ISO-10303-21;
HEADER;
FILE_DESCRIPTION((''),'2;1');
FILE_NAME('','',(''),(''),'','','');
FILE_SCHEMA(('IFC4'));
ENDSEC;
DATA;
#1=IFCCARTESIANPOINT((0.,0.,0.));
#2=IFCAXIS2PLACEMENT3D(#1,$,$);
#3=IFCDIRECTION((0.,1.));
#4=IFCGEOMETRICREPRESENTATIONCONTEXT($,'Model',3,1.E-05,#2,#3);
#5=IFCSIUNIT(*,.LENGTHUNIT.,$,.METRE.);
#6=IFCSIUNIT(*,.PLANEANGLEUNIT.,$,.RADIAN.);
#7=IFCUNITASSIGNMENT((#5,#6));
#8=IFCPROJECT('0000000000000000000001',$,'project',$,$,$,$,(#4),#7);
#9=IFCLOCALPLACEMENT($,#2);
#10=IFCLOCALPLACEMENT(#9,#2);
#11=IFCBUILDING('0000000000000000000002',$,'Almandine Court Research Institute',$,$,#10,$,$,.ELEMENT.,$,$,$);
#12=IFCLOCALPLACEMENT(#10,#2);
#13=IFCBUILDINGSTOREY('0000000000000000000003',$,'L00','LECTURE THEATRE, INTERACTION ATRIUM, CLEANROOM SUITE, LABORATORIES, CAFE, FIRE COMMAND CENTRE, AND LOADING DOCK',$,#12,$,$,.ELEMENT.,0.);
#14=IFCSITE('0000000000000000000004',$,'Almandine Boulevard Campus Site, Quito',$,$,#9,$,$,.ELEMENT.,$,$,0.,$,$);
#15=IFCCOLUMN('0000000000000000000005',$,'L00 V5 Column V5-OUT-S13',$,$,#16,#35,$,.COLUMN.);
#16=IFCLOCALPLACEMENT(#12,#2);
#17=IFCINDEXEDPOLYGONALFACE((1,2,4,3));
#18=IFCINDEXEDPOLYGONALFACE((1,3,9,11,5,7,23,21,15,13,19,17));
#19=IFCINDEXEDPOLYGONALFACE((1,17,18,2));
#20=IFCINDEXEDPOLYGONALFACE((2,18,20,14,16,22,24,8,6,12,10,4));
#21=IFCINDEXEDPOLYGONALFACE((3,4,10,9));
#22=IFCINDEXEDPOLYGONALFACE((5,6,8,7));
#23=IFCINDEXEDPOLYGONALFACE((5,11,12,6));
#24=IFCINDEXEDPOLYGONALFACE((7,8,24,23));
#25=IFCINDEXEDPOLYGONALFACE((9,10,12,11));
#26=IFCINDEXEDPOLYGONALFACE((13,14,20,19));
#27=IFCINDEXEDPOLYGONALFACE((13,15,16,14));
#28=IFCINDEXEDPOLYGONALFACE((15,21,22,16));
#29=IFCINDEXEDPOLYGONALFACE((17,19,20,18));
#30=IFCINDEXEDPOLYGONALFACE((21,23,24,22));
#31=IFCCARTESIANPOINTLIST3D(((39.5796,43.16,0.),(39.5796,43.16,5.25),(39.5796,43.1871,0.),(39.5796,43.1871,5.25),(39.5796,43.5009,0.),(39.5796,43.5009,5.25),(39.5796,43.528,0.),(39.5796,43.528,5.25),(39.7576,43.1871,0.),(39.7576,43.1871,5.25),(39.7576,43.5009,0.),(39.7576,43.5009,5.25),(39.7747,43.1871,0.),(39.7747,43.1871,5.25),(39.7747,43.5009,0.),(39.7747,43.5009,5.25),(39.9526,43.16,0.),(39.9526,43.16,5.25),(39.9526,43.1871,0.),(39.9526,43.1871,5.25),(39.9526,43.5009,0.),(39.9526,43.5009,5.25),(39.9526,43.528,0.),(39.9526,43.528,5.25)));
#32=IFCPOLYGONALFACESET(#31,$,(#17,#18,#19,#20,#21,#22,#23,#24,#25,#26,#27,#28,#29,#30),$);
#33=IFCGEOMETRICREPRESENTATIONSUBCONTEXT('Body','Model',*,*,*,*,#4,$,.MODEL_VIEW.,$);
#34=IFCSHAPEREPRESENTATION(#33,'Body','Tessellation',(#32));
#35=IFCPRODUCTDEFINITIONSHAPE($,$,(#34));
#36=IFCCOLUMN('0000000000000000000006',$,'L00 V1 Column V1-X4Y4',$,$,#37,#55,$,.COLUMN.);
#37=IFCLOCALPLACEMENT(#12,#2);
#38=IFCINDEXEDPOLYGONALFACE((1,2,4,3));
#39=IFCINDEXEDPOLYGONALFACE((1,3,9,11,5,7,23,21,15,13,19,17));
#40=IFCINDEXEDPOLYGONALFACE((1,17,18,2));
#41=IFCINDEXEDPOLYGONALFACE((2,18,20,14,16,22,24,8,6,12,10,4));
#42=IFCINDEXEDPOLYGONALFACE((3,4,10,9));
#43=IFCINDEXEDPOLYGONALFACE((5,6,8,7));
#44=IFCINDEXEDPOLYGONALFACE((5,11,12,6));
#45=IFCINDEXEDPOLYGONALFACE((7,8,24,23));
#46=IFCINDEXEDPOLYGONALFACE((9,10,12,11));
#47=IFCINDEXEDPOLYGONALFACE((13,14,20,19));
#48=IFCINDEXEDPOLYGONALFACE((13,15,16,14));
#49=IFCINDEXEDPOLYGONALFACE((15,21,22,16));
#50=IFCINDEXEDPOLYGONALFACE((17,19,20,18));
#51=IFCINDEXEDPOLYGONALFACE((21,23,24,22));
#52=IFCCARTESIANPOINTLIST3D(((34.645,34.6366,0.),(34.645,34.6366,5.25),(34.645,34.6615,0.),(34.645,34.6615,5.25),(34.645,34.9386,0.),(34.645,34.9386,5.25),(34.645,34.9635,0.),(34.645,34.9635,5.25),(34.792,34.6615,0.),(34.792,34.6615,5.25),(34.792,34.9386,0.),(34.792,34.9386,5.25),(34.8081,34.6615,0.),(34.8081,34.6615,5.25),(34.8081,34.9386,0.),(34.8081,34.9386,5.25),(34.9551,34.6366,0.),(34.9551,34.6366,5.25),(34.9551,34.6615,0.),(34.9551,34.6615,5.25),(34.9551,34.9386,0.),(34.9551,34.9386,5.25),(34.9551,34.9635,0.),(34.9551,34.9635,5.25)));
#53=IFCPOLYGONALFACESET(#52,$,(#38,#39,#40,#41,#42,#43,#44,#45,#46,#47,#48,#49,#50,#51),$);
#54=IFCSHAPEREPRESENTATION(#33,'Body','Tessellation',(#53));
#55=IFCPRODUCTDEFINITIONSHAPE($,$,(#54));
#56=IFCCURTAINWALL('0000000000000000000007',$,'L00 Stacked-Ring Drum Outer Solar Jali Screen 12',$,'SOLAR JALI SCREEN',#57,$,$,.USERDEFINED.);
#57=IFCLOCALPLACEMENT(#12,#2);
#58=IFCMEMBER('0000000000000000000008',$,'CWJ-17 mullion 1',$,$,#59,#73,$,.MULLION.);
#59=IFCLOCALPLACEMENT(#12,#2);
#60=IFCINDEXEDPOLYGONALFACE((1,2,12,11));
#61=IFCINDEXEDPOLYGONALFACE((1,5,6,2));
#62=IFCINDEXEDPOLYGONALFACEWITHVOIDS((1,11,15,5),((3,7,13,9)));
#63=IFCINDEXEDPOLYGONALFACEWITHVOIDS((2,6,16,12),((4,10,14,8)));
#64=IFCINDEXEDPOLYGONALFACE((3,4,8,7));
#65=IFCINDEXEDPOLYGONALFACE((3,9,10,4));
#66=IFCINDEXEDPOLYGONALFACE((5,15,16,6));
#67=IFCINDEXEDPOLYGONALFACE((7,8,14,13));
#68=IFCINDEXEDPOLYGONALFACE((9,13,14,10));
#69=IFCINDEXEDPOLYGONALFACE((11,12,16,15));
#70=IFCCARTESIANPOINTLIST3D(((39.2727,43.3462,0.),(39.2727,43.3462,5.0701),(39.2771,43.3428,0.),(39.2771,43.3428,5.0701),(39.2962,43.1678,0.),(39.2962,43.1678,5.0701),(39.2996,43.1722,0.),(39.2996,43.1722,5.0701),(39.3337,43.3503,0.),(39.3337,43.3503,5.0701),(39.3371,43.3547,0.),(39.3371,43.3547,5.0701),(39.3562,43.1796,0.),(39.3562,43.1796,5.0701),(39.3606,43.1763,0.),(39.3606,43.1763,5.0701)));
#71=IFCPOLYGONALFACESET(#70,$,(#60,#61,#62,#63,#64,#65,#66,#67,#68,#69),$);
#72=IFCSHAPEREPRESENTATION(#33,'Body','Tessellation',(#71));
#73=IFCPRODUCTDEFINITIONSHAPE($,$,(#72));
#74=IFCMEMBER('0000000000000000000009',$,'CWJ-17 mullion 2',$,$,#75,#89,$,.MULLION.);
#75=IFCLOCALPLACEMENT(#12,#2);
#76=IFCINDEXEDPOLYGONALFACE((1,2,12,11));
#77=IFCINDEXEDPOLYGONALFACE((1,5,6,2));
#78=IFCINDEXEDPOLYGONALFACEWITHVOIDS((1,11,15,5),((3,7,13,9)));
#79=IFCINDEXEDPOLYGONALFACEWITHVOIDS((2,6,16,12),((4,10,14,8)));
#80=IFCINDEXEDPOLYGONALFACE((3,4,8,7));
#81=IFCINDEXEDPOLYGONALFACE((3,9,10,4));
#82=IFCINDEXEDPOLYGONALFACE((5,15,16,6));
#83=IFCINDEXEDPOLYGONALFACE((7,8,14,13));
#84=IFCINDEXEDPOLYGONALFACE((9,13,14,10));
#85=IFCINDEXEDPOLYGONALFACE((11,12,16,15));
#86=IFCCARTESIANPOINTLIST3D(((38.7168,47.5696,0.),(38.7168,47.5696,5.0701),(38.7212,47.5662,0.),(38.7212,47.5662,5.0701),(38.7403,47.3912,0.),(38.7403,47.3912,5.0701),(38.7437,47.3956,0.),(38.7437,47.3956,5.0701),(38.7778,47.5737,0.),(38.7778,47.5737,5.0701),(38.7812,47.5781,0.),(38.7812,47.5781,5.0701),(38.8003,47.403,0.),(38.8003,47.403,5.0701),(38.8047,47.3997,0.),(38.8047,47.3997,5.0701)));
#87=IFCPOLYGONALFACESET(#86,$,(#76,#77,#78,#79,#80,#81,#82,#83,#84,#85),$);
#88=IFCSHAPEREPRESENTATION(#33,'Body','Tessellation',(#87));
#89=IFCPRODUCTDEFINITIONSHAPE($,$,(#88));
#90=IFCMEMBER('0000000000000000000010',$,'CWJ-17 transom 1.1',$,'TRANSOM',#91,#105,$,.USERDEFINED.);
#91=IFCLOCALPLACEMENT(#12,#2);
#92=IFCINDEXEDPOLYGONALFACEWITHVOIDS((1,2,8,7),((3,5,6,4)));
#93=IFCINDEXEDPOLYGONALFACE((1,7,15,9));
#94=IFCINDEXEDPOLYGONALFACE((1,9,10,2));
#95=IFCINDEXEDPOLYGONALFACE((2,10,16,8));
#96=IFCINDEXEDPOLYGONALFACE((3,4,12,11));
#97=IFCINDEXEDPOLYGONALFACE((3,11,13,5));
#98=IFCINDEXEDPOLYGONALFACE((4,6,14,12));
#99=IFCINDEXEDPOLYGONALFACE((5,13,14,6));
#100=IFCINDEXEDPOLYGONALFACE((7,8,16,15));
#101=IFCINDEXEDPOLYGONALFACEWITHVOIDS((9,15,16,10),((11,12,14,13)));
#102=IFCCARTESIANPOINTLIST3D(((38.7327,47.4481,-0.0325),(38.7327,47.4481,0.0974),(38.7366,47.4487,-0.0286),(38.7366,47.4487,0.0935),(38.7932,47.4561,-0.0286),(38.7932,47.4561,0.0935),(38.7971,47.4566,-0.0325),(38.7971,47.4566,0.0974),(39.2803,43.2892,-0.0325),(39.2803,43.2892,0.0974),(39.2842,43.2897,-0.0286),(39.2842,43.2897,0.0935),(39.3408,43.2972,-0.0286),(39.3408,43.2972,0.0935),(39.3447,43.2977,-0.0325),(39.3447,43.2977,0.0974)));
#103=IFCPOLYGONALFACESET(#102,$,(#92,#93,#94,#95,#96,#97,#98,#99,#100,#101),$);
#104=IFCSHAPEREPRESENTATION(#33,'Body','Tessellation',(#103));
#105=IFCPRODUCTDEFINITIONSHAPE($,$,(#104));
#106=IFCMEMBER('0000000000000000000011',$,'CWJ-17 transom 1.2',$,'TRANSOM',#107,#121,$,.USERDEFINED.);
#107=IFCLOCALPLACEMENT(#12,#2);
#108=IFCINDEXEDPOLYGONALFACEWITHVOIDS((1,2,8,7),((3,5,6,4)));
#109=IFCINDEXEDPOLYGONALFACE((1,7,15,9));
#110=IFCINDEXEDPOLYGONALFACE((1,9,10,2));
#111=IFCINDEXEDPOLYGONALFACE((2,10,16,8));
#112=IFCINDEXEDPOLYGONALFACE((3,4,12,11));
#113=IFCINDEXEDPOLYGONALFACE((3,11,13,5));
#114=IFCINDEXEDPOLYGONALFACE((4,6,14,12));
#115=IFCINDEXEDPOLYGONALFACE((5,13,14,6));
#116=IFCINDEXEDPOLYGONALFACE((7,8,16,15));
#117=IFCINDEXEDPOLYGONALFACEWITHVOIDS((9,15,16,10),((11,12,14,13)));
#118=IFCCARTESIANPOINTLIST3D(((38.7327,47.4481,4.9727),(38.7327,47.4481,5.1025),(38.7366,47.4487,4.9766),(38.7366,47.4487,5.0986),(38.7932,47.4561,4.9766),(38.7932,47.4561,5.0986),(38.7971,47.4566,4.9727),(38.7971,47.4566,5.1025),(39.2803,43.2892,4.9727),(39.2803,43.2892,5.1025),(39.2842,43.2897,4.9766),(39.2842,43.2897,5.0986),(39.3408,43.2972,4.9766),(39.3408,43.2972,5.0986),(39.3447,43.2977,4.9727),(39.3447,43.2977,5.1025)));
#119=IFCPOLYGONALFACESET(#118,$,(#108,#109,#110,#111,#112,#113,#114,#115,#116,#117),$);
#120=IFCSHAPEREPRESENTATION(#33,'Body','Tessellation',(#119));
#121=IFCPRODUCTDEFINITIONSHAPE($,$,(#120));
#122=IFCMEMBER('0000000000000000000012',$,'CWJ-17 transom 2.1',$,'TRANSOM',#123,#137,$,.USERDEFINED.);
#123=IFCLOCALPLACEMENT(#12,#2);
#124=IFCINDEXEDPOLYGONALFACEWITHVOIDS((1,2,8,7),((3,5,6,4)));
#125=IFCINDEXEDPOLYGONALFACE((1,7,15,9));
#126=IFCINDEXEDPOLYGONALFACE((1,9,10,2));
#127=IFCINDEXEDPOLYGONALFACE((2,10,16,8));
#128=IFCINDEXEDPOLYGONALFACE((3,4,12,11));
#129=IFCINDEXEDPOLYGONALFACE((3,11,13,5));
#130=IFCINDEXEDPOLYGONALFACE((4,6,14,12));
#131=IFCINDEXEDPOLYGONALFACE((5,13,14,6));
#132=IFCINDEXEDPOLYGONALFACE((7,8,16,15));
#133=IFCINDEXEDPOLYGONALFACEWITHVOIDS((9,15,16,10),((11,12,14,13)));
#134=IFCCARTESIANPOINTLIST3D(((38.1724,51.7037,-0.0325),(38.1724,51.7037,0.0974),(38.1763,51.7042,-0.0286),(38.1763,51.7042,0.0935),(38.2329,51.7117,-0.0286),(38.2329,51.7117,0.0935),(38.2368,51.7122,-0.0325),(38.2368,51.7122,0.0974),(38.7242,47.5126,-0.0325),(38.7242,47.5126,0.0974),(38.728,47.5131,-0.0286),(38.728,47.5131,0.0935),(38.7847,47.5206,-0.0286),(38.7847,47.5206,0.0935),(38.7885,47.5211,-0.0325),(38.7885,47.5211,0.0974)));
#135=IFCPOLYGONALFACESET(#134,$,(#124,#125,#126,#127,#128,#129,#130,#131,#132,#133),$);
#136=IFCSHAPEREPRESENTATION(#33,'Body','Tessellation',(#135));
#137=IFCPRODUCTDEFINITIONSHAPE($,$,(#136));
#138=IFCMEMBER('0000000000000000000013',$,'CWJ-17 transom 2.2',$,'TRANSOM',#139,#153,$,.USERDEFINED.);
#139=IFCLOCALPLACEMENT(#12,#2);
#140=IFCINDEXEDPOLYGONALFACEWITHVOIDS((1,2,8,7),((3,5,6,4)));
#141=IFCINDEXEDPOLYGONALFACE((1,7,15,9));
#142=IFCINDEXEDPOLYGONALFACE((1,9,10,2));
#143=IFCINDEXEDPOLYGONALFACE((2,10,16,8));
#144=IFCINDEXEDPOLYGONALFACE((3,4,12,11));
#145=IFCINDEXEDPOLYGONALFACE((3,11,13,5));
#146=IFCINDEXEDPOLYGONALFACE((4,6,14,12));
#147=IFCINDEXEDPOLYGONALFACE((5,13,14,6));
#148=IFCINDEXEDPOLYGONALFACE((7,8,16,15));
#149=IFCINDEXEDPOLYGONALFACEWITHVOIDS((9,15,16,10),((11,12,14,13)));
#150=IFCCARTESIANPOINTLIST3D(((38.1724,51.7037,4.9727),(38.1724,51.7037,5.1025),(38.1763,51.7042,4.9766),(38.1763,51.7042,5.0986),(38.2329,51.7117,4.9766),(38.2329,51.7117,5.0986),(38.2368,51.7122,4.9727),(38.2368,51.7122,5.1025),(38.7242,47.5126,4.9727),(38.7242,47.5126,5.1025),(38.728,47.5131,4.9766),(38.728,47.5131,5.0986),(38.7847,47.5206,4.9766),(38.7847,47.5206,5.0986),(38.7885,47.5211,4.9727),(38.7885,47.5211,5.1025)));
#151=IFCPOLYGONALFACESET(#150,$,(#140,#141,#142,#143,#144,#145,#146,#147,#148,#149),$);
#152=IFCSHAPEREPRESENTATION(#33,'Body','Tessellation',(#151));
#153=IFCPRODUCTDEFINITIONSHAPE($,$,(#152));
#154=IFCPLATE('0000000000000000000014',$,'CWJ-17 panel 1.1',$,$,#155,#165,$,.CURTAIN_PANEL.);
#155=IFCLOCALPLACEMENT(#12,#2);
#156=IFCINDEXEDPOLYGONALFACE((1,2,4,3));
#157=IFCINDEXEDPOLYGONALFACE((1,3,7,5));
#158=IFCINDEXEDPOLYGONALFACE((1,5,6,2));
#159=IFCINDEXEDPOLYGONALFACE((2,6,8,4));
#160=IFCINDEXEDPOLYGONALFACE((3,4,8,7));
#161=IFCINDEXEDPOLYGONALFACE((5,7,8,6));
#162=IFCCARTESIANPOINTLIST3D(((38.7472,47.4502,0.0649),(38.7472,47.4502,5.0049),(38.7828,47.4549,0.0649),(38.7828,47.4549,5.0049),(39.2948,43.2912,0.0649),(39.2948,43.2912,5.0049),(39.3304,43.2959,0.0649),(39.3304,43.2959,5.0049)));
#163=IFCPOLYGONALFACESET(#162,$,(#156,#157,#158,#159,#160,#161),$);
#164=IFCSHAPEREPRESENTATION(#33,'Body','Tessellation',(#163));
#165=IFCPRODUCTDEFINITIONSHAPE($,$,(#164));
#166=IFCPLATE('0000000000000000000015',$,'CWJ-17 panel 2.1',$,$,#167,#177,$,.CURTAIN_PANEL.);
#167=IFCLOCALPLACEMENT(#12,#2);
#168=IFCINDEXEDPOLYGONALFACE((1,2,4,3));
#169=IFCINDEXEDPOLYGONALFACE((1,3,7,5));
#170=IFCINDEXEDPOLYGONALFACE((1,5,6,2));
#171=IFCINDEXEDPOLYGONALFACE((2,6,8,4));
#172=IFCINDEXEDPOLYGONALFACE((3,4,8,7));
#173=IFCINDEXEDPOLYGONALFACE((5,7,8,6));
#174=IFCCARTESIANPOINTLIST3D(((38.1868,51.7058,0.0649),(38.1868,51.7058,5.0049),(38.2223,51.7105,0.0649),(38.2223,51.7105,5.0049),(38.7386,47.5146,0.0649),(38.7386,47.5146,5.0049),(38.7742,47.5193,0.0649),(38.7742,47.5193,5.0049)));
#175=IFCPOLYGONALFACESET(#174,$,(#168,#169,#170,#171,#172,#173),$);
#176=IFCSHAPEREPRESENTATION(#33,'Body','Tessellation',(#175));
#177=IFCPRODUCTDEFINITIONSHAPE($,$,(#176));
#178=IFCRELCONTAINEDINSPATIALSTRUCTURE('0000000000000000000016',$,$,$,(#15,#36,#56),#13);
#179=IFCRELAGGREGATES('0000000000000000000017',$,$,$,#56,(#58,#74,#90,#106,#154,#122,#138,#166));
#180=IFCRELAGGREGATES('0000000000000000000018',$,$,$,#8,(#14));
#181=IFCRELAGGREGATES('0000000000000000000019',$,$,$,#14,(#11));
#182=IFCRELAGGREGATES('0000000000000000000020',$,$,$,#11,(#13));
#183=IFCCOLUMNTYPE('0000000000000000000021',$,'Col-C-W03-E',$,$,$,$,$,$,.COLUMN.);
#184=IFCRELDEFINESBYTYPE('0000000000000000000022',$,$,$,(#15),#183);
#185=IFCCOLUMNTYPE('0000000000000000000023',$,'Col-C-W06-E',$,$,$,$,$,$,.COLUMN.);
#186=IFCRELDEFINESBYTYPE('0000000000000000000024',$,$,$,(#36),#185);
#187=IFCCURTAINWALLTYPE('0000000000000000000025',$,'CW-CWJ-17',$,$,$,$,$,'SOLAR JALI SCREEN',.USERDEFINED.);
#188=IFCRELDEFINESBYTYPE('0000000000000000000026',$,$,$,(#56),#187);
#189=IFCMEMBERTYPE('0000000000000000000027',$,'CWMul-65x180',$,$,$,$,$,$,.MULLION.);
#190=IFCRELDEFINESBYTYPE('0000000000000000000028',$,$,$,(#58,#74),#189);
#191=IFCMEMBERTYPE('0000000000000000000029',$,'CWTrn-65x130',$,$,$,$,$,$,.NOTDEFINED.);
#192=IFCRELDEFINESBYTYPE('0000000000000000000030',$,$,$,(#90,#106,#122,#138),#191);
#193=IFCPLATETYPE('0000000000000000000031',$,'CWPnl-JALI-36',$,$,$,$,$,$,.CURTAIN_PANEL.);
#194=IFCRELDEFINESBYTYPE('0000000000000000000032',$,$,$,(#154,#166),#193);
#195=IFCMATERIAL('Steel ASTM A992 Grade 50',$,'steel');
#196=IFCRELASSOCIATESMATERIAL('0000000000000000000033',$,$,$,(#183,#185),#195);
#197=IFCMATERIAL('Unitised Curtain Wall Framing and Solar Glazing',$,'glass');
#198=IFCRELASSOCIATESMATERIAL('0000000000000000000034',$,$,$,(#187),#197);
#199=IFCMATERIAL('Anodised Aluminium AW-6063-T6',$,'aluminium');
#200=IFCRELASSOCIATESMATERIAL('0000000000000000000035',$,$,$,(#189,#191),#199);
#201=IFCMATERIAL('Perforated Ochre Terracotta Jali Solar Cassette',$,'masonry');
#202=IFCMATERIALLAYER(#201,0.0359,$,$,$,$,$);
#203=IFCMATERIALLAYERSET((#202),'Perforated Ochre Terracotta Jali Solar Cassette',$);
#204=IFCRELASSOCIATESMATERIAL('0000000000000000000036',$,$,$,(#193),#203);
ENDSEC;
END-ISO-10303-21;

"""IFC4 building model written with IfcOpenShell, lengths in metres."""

from ifc_helpers import new_model, si_unit, direction, frame, origin, origin_2d, place, context, subcontext, project, spatial, rectangle, hollow_rectangle, i_section, extrude, material, layer, layer_set, material_profile, profile_set, type_object, element, aggregate, save


model = new_model("IFC4")

# Units and contexts
model_context = context("Model", 3, precision=1e-05, world=origin(), true_north=direction((0.0, 1.0)))
body_context = subcontext(model_context, "Body", "Model", "MODEL_VIEW")
ifc_project = project(units=[si_unit("LENGTHUNIT", "METRE"), si_unit("PLANEANGLEUNIT", "RADIAN")], contexts=[model_context])

# Site, building, storey
site_placement = place(None, origin())
site = spatial("IfcSite", under=ifc_project, at=site_placement, Name="Almandine Boulevard Campus Site, Quito", CompositionType="ELEMENT", RefElevation=0.0)
building_placement = place(site_placement, origin())
building = spatial("IfcBuilding", under=site, at=building_placement, Name="Almandine Court Research Institute", CompositionType="ELEMENT")
storey_placement = place(building_placement, origin())
storey = spatial("IfcBuildingStorey", under=building, at=storey_placement, Name="L00", Description="LECTURE THEATRE, INTERACTION ATRIUM, CLEANROOM SUITE, LABORATORIES, CAFE, FIRE COMMAND CENTRE, AND LOADING DOCK", CompositionType="ELEMENT", Elevation=0.0)

# Columns
ifc_material_1 = material(Name="Steel ASTM A992 Grade 50", Category="steel")
ifc_material_profile_1 = material_profile(ifc_material_1, i_section(OverallWidth=0.373, OverallDepth=0.3679, WebThickness=0.0171, FlangeThickness=0.0271, at=origin_2d()), Name="W360x179")
ifc_profile_set_1 = profile_set([ifc_material_profile_1], Name="Steel ASTM A992 Grade 50")
column_type_1 = type_object("IfcColumnType", Name="Col-C-W03-E", PredefinedType="COLUMN", material=ifc_profile_set_1)
column_1_placement = place(storey_placement, frame((39.7661, 43.344, 0.0), z_axis=(0.0, 0.0, 1.0), x_axis=(1.0, 0.0, 0.0)))
element("IfcColumn", 1, at=column_1_placement, inside=storey, type_object=column_type_1, Name="L00 V5 Column V5-OUT-S13", PredefinedType="COLUMN", context=body_context, shape_type="SweptSolid", body=[
    extrude(i_section(OverallWidth=0.373, OverallDepth=0.3679, WebThickness=0.0171, FlangeThickness=0.0271, at=origin_2d()), origin(), (0.0, 0.0, 1.0), 5.25),
])
ifc_material_profile_2 = material_profile(ifc_material_1, i_section(OverallWidth=0.3101, OverallDepth=0.3269, WebThickness=0.0161, FlangeThickness=0.0249, at=origin_2d()), Name="W310x158")
ifc_profile_set_2 = profile_set([ifc_material_profile_2], Name="Steel ASTM A992 Grade 50")
column_type_2 = type_object("IfcColumnType", Name="Col-C-W06-E", PredefinedType="COLUMN", material=ifc_profile_set_2)
column_2_placement = place(storey_placement, frame((34.8, 34.8, 0.0), z_axis=(0.0, 0.0, 1.0), x_axis=(1.0, 0.0, 0.0)))
element("IfcColumn", 2, at=column_2_placement, inside=storey, type_object=column_type_2, Name="L00 V1 Column V1-X4Y4", PredefinedType="COLUMN", context=body_context, shape_type="SweptSolid", body=[
    extrude(i_section(OverallWidth=0.3101, OverallDepth=0.3269, WebThickness=0.0161, FlangeThickness=0.0249, at=origin_2d()), origin(), (0.0, 0.0, 1.0), 5.25),
])

# Curtain wall, members, plates
ifc_material_2 = material(Name="Unitised Curtain Wall Framing and Solar Glazing", Category="glass")
curtain_wall_type = type_object("IfcCurtainWallType", Name="CW-CWJ-17", ElementType="SOLAR JALI SCREEN", PredefinedType="USERDEFINED", material=ifc_material_2)
curtain_wall_placement = place(storey_placement, origin())
curtain_wall = element("IfcCurtainWall", 3, at=curtain_wall_placement, inside=storey, type_object=curtain_wall_type, Name="L00 Stacked-Ring Drum Outer Solar Jali Screen 12", ObjectType="SOLAR JALI SCREEN", PredefinedType="USERDEFINED")
ifc_material_3 = material(Name="Anodised Aluminium AW-6063-T6", Category="aluminium")
ifc_material_profile_3 = material_profile(ifc_material_3, hollow_rectangle(XDim=0.0649, YDim=0.1799, WallThickness=0.0039, at=origin_2d()), Name="ALU RHS 65x180x4")
ifc_profile_set_3 = profile_set([ifc_material_profile_3], Name="Anodised Aluminium AW-6063-T6")
member_type_1 = type_object("IfcMemberType", Name="CWMul-65x180", PredefinedType="MULLION", material=ifc_profile_set_3)
member_1_placement = place(storey_placement, frame((39.3167, 43.2612, 0.0), z_axis=(0.0, 0.0, 1.0), x_axis=(-0.991443, -0.130541, 0.0)))
member_1 = element("IfcMember", 4, at=member_1_placement, type_object=member_type_1, Name="CWJ-17 mullion 1", PredefinedType="MULLION", context=body_context, shape_type="SweptSolid", body=[
    extrude(hollow_rectangle(XDim=0.0649, YDim=0.1799, WallThickness=0.0039, at=origin_2d()), origin(), (0.0, 0.0, 1.0), 5.0701),
])
member_2_placement = place(storey_placement, frame((38.7607, 47.4846, 0.0), z_axis=(0.0, 0.0, 1.0), x_axis=(-0.991443, -0.130541, 0.0)))
member_2 = element("IfcMember", 5, at=member_2_placement, type_object=member_type_1, Name="CWJ-17 mullion 2", PredefinedType="MULLION", context=body_context, shape_type="SweptSolid", body=[
    extrude(hollow_rectangle(XDim=0.0649, YDim=0.1799, WallThickness=0.0039, at=origin_2d()), origin(), (0.0, 0.0, 1.0), 5.0701),
])
ifc_material_profile_4 = material_profile(ifc_material_3, hollow_rectangle(XDim=0.0649, YDim=0.1299, WallThickness=0.0039, at=origin_2d()), Name="ALU RHS 65x130x4")
ifc_profile_set_4 = profile_set([ifc_material_profile_4], Name="Anodised Aluminium AW-6063-T6")
member_type_2 = type_object("IfcMemberType", Name="CWTrn-65x130", PredefinedType="NOTDEFINED", material=ifc_profile_set_4)
member_3_placement = place(storey_placement, frame((39.3125, 43.2935, 0.0325), z_axis=(-0.130543, 0.991443, 0.0), x_axis=(-0.991443, -0.130543, 0.0)))
member_3 = element("IfcMember", 6, at=member_3_placement, type_object=member_type_2, Name="CWJ-17 transom 1.1", ObjectType="TRANSOM", PredefinedType="USERDEFINED", context=body_context, shape_type="SweptSolid", body=[
    extrude(hollow_rectangle(XDim=0.0649, YDim=0.1299, WallThickness=0.0039, at=origin_2d()), origin(), (0.0, 0.0, 1.0), 4.1948),
])
member_4_placement = place(storey_placement, frame((39.3125, 43.2935, 5.0376), z_axis=(-0.130543, 0.991443, 0.0), x_axis=(-0.991443, -0.130543, 0.0)))
member_4 = element("IfcMember", 7, at=member_4_placement, type_object=member_type_2, Name="CWJ-17 transom 1.2", ObjectType="TRANSOM", PredefinedType="USERDEFINED", context=body_context, shape_type="SweptSolid", body=[
    extrude(hollow_rectangle(XDim=0.0649, YDim=0.1299, WallThickness=0.0039, at=origin_2d()), origin(), (0.0, 0.0, 1.0), 4.1948),
])
member_5_placement = place(storey_placement, frame((38.7563, 47.5168, 0.0325), z_axis=(-0.130522, 0.991445, 0.0), x_axis=(-0.991445, -0.130522, 0.0)))
member_5 = element("IfcMember", 8, at=member_5_placement, type_object=member_type_2, Name="CWJ-17 transom 2.1", ObjectType="TRANSOM", PredefinedType="USERDEFINED", context=body_context, shape_type="SweptSolid", body=[
    extrude(hollow_rectangle(XDim=0.0649, YDim=0.1299, WallThickness=0.0039, at=origin_2d()), origin(), (0.0, 0.0, 1.0), 4.2273),
])
member_6_placement = place(storey_placement, frame((38.7563, 47.5168, 5.0376), z_axis=(-0.130522, 0.991445, 0.0), x_axis=(-0.991445, -0.130522, 0.0)))
member_6 = element("IfcMember", 9, at=member_6_placement, type_object=member_type_2, Name="CWJ-17 transom 2.2", ObjectType="TRANSOM", PredefinedType="USERDEFINED", context=body_context, shape_type="SweptSolid", body=[
    extrude(hollow_rectangle(XDim=0.0649, YDim=0.1299, WallThickness=0.0039, at=origin_2d()), origin(), (0.0, 0.0, 1.0), 4.2273),
])
ifc_material_4 = material(Name="Perforated Ochre Terracotta Jali Solar Cassette", Category="masonry")
ifc_layer_1 = layer(ifc_material_4, 0.0359)
ifc_layer_set_1 = layer_set([ifc_layer_1], Name="Perforated Ochre Terracotta Jali Solar Cassette")
plate_type = type_object("IfcPlateType", Name="CWPnl-JALI-36", PredefinedType="CURTAIN_PANEL", material=ifc_layer_set_1)
plate_1_placement = place(storey_placement, frame((39.0388, 45.373, 0.0649), z_axis=(0.0, 0.0, 1.0), x_axis=(-0.130541, 0.991443, 0.0)))
plate_1 = element("IfcPlate", 10, at=plate_1_placement, type_object=plate_type, Name="CWJ-17 panel 1.1", PredefinedType="CURTAIN_PANEL", context=body_context, shape_type="SweptSolid", body=[
    extrude(rectangle(XDim=4.1948, YDim=0.0359, at=origin_2d()), origin(), (0.0, 0.0, 1.0), 4.9399),
])
plate_2_placement = place(storey_placement, frame((38.4805, 49.6125, 0.0649), z_axis=(0.0, 0.0, 1.0), x_axis=(-0.130541, 0.991443, 0.0)))
plate_2 = element("IfcPlate", 11, at=plate_2_placement, type_object=plate_type, Name="CWJ-17 panel 2.1", PredefinedType="CURTAIN_PANEL", context=body_context, shape_type="SweptSolid", body=[
    extrude(rectangle(XDim=4.2273, YDim=0.0359, at=origin_2d()), origin(), (0.0, 0.0, 1.0), 4.9399),
])
aggregate(curtain_wall, [member_1, member_2, member_3, member_4, plate_1, member_5, member_6, plate_2])

save(model, "model.ifc")
